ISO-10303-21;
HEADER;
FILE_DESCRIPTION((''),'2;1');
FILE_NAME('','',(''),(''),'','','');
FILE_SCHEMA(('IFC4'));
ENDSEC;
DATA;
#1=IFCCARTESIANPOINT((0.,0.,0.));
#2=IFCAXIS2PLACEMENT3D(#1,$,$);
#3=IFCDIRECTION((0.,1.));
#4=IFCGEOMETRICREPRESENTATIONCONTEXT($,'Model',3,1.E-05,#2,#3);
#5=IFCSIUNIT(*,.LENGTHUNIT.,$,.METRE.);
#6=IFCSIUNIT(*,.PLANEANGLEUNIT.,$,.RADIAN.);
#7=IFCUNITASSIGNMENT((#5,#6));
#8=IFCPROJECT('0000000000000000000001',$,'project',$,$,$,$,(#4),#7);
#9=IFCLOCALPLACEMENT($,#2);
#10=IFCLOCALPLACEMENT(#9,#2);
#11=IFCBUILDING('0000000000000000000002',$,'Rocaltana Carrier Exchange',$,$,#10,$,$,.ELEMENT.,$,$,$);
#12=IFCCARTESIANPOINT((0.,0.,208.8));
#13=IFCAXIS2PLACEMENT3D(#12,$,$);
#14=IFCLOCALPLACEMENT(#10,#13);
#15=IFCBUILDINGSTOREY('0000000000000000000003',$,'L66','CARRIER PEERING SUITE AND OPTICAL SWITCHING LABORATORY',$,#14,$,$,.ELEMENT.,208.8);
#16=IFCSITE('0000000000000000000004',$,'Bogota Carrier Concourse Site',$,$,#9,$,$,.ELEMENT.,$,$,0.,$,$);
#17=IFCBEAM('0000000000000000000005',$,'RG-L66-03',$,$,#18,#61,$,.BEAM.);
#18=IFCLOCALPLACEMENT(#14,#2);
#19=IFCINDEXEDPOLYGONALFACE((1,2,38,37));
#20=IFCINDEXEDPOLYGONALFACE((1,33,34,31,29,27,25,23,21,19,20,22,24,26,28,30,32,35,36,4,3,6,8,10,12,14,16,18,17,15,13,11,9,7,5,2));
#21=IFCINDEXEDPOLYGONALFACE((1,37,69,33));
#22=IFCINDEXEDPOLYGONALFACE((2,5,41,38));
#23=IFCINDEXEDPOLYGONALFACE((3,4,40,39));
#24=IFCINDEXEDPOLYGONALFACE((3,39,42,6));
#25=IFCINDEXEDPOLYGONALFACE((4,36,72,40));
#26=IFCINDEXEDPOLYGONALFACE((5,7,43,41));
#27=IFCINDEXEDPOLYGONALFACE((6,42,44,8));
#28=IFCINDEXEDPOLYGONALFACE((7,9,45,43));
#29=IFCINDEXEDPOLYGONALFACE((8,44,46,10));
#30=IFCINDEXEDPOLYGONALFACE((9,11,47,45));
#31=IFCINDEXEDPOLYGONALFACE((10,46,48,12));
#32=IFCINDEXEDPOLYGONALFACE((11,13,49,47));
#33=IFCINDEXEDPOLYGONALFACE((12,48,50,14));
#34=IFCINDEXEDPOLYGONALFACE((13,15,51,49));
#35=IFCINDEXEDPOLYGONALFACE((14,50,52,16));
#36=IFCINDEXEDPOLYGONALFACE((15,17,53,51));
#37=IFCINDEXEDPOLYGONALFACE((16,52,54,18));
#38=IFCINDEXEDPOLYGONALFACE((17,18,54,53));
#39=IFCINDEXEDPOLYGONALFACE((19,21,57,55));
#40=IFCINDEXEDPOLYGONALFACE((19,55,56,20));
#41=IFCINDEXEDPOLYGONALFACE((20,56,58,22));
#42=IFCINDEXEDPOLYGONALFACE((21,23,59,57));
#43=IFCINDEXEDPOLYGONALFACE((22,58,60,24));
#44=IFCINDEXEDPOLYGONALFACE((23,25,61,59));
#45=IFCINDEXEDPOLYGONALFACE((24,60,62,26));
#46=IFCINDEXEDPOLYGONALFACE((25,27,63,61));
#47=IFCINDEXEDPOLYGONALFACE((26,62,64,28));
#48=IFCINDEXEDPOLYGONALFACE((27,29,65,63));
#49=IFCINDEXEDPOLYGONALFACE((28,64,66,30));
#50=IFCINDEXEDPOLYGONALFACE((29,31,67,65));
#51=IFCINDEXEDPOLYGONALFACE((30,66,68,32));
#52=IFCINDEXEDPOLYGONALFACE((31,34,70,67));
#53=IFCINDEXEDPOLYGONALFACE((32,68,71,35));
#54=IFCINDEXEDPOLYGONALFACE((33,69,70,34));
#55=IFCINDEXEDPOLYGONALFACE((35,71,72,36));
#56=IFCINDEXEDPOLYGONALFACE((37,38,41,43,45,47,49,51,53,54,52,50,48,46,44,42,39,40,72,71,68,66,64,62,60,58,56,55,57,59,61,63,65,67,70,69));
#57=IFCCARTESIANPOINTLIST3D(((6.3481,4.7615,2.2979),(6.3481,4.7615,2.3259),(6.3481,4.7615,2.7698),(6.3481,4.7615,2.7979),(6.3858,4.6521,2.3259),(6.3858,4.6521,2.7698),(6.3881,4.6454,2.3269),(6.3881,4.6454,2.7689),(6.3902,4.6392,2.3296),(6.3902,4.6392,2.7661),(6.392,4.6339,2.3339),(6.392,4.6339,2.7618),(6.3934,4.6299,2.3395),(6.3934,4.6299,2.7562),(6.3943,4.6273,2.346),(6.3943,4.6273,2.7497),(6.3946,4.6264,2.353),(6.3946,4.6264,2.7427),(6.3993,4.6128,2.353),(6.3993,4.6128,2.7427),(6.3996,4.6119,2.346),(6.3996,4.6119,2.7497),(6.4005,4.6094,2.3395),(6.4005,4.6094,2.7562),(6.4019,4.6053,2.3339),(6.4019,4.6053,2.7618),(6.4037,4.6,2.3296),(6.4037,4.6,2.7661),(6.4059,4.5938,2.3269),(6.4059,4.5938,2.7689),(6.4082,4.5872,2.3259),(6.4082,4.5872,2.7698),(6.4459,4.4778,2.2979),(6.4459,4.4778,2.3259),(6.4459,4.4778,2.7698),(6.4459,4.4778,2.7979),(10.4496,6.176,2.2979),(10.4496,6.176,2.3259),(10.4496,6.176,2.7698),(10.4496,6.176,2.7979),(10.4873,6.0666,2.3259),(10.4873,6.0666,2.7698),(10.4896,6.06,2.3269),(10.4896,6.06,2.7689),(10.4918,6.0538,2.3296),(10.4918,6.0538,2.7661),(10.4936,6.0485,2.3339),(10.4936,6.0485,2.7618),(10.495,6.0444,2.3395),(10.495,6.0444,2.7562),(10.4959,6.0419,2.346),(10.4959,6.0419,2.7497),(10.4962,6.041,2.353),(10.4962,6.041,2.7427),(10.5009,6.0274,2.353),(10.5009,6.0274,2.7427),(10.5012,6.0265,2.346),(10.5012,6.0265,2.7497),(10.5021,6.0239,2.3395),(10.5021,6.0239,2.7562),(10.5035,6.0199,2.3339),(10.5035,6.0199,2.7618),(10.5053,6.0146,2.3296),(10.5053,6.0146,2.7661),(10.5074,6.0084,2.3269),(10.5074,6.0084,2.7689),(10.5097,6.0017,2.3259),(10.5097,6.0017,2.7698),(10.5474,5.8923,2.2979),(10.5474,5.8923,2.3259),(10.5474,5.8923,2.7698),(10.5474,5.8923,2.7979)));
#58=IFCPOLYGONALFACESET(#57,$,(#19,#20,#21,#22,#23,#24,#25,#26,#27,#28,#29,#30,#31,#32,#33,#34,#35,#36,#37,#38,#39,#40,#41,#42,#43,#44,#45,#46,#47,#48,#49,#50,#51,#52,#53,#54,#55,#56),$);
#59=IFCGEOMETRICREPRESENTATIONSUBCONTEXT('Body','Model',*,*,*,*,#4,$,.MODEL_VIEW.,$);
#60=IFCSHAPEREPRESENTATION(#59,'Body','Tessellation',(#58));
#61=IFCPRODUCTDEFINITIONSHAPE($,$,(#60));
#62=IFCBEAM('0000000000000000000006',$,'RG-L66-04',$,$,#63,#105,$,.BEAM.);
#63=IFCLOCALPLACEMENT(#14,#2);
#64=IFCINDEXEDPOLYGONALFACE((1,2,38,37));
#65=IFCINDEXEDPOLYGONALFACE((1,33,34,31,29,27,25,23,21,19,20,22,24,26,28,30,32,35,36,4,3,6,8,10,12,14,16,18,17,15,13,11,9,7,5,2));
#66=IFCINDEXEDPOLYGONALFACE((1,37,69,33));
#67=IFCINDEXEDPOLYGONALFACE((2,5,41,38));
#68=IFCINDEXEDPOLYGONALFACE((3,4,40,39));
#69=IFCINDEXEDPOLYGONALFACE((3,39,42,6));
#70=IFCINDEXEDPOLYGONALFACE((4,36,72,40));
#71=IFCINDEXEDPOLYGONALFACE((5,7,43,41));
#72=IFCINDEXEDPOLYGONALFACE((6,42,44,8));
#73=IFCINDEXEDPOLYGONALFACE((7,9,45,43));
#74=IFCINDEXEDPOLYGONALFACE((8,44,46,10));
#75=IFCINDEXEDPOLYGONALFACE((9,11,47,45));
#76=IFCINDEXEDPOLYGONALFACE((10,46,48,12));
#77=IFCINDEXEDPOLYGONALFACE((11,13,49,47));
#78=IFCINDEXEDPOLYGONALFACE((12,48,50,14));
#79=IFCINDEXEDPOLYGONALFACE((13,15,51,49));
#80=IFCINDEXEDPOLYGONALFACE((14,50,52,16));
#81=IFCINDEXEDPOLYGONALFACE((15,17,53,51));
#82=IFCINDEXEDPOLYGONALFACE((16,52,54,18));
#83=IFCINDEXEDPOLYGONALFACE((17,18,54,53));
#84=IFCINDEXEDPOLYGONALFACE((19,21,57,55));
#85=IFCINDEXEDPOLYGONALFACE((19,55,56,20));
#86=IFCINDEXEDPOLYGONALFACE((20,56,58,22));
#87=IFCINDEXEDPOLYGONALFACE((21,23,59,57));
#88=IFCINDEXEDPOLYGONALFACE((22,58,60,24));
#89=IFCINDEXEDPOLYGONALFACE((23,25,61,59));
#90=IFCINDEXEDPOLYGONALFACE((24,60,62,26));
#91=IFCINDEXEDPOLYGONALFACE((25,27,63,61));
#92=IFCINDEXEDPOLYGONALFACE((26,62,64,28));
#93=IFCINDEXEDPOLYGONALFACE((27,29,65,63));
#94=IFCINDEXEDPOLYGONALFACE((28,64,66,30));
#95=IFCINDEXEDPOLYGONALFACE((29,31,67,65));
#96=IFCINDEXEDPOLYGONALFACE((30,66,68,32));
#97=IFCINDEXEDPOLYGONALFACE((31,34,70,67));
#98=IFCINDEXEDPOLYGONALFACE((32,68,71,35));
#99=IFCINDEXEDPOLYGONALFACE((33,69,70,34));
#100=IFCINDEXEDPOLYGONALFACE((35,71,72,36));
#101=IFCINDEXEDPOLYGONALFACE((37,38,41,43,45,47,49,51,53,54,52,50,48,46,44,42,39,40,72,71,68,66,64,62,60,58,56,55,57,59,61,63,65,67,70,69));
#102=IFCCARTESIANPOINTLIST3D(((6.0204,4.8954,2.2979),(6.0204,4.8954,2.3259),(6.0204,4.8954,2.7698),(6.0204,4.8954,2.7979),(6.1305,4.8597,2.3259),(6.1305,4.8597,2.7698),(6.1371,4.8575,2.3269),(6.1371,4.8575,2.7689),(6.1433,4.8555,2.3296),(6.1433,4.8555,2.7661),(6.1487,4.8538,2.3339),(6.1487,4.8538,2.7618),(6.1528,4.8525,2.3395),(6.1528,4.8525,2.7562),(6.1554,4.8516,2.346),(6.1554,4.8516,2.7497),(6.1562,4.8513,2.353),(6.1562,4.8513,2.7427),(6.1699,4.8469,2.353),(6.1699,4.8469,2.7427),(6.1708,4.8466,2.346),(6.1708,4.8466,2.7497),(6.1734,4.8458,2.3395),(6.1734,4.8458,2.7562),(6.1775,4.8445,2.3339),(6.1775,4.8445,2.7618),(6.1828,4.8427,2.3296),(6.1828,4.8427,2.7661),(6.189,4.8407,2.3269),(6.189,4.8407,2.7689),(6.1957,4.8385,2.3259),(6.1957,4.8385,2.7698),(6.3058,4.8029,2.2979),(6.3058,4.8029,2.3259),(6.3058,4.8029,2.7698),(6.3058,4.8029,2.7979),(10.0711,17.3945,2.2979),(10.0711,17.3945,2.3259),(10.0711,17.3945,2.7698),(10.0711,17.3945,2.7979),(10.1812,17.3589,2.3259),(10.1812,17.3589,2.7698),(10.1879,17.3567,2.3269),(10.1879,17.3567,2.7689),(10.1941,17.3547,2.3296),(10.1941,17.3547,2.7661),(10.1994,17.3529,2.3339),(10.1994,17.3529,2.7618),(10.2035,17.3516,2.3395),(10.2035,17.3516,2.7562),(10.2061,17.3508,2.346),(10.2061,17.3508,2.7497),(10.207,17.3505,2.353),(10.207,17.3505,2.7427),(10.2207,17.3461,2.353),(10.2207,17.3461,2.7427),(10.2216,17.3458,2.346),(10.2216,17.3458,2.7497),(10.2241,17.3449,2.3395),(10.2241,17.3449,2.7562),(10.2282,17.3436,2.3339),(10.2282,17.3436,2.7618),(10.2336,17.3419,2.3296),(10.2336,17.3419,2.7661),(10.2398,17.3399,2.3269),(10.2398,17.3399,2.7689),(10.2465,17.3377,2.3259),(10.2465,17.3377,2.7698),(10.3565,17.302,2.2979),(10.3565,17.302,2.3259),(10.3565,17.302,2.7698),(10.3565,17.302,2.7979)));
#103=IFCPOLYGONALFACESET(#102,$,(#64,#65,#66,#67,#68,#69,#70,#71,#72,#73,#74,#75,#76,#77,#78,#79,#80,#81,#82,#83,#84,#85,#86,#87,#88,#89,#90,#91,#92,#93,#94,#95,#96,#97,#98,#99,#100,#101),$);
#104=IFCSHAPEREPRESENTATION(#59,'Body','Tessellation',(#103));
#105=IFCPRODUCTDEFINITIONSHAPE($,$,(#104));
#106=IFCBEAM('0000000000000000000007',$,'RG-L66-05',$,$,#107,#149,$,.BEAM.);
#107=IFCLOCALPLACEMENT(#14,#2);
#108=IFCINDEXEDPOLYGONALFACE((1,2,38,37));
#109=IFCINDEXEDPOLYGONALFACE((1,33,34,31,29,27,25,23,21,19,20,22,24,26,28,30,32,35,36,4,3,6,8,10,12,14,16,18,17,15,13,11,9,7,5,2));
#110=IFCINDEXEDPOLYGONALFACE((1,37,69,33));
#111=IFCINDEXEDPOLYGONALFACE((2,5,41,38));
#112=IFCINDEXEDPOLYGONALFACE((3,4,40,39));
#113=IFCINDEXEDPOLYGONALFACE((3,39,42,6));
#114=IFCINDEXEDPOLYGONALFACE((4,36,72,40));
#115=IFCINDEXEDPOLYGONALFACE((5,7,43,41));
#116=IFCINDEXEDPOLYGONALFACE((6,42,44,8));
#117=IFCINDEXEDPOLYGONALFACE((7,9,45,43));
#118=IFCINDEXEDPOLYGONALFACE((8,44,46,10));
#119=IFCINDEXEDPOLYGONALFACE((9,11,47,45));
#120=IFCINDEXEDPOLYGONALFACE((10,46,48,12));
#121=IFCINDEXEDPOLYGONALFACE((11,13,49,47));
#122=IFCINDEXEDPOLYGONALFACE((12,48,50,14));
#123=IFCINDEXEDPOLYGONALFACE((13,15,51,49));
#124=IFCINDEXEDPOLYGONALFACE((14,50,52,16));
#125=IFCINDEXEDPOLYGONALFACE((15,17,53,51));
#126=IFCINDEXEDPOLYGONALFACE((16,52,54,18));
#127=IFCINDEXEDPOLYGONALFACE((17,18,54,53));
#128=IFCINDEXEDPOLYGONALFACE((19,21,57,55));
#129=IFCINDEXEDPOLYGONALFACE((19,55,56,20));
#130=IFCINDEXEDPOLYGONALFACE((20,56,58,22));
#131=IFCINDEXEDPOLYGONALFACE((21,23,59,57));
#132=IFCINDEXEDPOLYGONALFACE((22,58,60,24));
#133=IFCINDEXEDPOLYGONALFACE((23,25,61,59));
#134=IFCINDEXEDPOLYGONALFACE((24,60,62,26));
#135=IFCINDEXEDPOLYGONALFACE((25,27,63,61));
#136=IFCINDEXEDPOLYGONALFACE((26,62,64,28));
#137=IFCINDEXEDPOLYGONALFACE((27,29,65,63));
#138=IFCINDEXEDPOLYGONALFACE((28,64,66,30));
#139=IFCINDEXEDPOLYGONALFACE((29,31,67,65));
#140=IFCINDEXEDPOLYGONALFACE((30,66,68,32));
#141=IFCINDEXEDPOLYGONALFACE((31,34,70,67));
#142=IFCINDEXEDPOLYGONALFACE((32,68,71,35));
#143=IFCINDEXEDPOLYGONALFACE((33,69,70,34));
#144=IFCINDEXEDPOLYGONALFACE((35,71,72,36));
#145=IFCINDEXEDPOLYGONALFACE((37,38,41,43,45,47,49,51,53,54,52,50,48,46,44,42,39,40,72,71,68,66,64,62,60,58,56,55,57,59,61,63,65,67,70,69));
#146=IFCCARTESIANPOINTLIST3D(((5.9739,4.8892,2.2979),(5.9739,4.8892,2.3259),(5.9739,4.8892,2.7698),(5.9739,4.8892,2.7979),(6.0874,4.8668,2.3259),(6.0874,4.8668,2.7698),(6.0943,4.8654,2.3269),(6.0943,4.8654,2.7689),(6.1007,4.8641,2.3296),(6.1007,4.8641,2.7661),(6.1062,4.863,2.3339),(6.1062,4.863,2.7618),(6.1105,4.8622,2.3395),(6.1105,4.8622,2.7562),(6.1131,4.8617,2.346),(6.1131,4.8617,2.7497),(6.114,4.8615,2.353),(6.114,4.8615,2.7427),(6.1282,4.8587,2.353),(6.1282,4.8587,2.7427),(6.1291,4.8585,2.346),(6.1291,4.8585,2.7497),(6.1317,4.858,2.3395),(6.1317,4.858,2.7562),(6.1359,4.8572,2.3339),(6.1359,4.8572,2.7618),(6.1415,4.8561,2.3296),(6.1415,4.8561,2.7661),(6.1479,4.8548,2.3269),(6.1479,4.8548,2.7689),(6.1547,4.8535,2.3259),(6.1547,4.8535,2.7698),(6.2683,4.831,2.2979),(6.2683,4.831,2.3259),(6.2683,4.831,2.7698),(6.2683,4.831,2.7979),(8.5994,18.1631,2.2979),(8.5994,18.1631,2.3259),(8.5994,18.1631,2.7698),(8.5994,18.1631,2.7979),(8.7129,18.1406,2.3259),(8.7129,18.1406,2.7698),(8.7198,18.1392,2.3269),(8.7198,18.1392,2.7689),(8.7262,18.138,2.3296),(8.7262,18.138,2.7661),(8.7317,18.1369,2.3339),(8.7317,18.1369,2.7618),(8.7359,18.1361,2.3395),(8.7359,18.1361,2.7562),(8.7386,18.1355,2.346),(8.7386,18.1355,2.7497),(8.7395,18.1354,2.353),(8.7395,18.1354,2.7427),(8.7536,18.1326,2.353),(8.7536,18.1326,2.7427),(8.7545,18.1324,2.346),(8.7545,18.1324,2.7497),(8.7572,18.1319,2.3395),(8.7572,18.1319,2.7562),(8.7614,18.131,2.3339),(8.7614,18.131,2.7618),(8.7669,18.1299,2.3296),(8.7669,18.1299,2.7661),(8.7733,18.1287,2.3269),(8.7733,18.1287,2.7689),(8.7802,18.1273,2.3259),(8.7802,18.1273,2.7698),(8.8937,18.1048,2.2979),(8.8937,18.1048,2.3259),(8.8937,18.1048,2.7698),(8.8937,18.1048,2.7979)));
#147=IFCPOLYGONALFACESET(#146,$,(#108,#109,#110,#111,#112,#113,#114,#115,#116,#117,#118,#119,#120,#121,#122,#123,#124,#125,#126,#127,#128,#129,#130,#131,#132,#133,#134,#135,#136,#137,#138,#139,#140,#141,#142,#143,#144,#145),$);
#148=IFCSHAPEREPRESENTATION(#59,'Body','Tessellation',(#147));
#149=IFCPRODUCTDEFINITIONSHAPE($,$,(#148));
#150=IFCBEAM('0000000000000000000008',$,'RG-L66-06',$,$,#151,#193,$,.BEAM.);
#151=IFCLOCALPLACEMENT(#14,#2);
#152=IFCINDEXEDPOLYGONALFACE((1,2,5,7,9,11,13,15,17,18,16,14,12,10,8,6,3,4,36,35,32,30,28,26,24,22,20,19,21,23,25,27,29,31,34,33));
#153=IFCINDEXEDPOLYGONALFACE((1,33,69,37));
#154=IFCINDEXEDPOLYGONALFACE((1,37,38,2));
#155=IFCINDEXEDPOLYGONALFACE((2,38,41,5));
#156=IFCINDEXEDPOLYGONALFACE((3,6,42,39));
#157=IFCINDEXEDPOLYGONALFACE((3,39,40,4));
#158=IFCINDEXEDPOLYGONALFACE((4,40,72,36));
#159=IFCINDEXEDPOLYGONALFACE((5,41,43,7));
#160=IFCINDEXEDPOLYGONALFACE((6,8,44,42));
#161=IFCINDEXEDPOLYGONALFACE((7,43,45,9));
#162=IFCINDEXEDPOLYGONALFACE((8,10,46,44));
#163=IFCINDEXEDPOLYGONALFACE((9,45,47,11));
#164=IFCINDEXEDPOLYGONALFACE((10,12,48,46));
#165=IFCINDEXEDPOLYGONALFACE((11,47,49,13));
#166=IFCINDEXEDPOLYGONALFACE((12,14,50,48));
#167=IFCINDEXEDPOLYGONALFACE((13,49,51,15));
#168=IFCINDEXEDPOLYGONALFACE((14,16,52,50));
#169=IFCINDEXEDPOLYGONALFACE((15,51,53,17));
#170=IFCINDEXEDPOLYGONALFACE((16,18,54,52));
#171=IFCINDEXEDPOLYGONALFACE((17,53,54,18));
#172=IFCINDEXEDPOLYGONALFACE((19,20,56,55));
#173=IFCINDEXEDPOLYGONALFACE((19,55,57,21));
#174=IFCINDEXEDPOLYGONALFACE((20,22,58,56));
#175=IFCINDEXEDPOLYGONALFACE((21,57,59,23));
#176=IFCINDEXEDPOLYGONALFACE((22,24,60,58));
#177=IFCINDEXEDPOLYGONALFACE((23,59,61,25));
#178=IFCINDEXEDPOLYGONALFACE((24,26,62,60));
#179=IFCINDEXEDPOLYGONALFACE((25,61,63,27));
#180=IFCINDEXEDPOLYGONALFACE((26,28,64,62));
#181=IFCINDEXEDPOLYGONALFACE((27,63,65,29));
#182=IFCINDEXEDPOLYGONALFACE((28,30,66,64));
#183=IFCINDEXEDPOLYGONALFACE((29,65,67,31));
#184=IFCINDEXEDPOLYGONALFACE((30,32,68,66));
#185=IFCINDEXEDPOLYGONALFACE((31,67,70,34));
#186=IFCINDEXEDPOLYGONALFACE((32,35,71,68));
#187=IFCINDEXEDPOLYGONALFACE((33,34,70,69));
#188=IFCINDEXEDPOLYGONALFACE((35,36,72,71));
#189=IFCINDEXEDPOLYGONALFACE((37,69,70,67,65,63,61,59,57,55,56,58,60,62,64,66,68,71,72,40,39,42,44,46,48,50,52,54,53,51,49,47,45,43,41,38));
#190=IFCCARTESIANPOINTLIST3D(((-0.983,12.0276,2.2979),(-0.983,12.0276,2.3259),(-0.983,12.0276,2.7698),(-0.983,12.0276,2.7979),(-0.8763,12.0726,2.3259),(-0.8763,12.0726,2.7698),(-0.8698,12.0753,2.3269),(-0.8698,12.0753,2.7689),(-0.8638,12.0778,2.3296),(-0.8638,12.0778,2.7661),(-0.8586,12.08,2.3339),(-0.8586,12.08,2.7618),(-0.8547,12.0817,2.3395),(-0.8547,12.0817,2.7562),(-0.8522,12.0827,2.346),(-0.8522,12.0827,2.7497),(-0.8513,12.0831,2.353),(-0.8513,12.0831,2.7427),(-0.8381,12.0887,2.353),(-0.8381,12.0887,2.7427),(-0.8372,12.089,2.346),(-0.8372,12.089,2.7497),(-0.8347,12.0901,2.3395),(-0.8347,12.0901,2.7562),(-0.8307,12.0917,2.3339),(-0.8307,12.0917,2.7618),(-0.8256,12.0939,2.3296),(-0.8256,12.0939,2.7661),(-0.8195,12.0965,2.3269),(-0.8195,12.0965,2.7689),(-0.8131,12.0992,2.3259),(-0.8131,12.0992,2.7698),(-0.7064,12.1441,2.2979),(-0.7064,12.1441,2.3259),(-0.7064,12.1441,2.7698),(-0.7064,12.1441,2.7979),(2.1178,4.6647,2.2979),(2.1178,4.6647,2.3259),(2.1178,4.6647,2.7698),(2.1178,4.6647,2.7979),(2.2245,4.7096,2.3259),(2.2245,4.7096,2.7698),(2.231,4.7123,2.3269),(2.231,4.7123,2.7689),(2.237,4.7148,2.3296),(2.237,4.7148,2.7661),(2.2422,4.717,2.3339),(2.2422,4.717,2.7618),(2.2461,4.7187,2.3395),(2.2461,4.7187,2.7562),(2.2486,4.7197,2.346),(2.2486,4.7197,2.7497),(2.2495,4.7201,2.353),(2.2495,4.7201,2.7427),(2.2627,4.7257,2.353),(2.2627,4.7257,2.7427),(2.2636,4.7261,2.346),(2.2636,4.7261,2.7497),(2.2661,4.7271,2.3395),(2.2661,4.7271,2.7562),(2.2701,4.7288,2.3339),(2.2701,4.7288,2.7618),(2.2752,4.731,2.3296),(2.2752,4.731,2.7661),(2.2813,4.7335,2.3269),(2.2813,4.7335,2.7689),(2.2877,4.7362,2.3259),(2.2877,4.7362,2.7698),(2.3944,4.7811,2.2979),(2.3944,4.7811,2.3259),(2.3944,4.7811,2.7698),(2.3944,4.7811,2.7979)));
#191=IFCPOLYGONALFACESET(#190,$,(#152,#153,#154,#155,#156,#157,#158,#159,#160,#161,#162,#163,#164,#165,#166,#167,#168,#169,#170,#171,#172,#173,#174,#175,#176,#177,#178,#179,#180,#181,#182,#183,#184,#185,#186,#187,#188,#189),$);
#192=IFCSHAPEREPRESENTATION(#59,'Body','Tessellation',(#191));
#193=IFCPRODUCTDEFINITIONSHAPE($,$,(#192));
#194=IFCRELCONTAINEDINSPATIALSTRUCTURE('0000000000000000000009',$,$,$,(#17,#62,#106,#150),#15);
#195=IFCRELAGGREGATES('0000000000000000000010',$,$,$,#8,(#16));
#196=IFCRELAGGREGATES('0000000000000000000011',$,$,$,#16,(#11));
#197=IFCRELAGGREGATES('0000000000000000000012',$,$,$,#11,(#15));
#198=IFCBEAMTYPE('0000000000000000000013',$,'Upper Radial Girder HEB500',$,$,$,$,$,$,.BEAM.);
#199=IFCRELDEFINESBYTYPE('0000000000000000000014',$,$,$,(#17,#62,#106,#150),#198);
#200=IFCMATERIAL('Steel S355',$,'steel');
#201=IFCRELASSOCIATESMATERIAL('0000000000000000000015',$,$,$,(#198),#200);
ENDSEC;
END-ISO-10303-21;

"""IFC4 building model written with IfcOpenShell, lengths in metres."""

from ifc_helpers import new_model, si_unit, direction, frame, origin, origin_2d, place, context, subcontext, project, spatial, i_section, extrude, material, material_profile, profile_set, type_object, element, save


model = new_model("IFC4")

# Units and contexts
model_context = context("Model", 3, precision=1e-05, world=origin(), true_north=direction((0.0, 1.0)))
body_context = subcontext(model_context, "Body", "Model", "MODEL_VIEW")
ifc_project = project(units=[si_unit("LENGTHUNIT", "METRE"), si_unit("PLANEANGLEUNIT", "RADIAN")], contexts=[model_context])

# Site, building, storey
site_placement = place(None, origin())
site = spatial("IfcSite", under=ifc_project, at=site_placement, Name="Bogota Carrier Concourse Site", CompositionType="ELEMENT", RefElevation=0.0)
building_placement = place(site_placement, origin())
building = spatial("IfcBuilding", under=site, at=building_placement, Name="Rocaltana Carrier Exchange", CompositionType="ELEMENT")
storey_placement = place(building_placement, frame((0.0, 0.0, 208.8)))
storey = spatial("IfcBuildingStorey", under=building, at=storey_placement, Name="L66", Description="CARRIER PEERING SUITE AND OPTICAL SWITCHING LABORATORY", CompositionType="ELEMENT", Elevation=208.8)

# Beams
ifc_material_1 = material(Name="Steel S355", Category="steel")
ifc_material_profile_1 = material_profile(ifc_material_1, i_section(OverallWidth=0.3, OverallDepth=0.5, WebThickness=0.0144, FlangeThickness=0.0281, FilletRadius=0.0271, at=origin_2d()), Name="HEB500")
ifc_profile_set_1 = profile_set([ifc_material_profile_1], Name="Steel S355")
beam_type_1 = type_object("IfcBeamType", Name="Upper Radial Girder HEB500", PredefinedType="BEAM", material=ifc_profile_set_1)
beam_1_placement = place(storey_placement, frame((6.397, 4.6196, 2.5479), z_axis=(0.945357, 0.326036, 0.0), x_axis=(-0.326036, 0.945357, 0.0)))
element("IfcBeam", 1, at=beam_1_placement, inside=storey, type_object=beam_type_1, Name="RG-L66-03", PredefinedType="BEAM", context=body_context, shape_type="SweptSolid", body=[
    extrude(i_section(OverallWidth=0.3, OverallDepth=0.5, WebThickness=0.0144, FlangeThickness=0.0281, FilletRadius=0.0271, at=origin_2d()), origin(), (0.0, 0.0, 1.0), 4.3386),
])
beam_2_placement = place(storey_placement, frame((6.1631, 4.8491, 2.5479), z_axis=(0.308296, 0.951291, 0.0), x_axis=(-0.951291, 0.308296, 0.0)))
element("IfcBeam", 2, at=beam_2_placement, inside=storey, type_object=beam_type_1, Name="RG-L66-04", PredefinedType="BEAM", context=body_context, shape_type="SweptSolid", body=[
    extrude(i_section(OverallWidth=0.3, OverallDepth=0.5, WebThickness=0.0144, FlangeThickness=0.0281, FilletRadius=0.0271, at=origin_2d()), origin(), (0.0, 0.0, 1.0), 13.1392),
])
beam_3_placement = place(storey_placement, frame((6.1211, 4.8601, 2.5479), z_axis=(0.194034, 0.980995, 0.0), x_axis=(-0.980995, 0.194034, 0.0)))
element("IfcBeam", 3, at=beam_3_placement, inside=storey, type_object=beam_type_1, Name="RG-L66-05", PredefinedType="BEAM", context=body_context, shape_type="SweptSolid", body=[
    extrude(i_section(OverallWidth=0.3, OverallDepth=0.5, WebThickness=0.0144, FlangeThickness=0.0281, FilletRadius=0.0271, at=origin_2d()), origin(), (0.0, 0.0, 1.0), 13.531),
])
beam_4_placement = place(storey_placement, frame((2.2561, 4.7229, 2.5479), z_axis=(-0.388121, 0.921608, 0.0), x_axis=(-0.921608, -0.388121, 0.0)))
element("IfcBeam", 4, at=beam_4_placement, inside=storey, type_object=beam_type_1, Name="RG-L66-06", PredefinedType="BEAM", context=body_context, shape_type="SweptSolid", body=[
    extrude(i_section(OverallWidth=0.3, OverallDepth=0.5, WebThickness=0.0144, FlangeThickness=0.0281, FilletRadius=0.0271, at=origin_2d()), origin(), (0.0, 0.0, 1.0), 7.9893),
])

save(model, "model.ifc")
